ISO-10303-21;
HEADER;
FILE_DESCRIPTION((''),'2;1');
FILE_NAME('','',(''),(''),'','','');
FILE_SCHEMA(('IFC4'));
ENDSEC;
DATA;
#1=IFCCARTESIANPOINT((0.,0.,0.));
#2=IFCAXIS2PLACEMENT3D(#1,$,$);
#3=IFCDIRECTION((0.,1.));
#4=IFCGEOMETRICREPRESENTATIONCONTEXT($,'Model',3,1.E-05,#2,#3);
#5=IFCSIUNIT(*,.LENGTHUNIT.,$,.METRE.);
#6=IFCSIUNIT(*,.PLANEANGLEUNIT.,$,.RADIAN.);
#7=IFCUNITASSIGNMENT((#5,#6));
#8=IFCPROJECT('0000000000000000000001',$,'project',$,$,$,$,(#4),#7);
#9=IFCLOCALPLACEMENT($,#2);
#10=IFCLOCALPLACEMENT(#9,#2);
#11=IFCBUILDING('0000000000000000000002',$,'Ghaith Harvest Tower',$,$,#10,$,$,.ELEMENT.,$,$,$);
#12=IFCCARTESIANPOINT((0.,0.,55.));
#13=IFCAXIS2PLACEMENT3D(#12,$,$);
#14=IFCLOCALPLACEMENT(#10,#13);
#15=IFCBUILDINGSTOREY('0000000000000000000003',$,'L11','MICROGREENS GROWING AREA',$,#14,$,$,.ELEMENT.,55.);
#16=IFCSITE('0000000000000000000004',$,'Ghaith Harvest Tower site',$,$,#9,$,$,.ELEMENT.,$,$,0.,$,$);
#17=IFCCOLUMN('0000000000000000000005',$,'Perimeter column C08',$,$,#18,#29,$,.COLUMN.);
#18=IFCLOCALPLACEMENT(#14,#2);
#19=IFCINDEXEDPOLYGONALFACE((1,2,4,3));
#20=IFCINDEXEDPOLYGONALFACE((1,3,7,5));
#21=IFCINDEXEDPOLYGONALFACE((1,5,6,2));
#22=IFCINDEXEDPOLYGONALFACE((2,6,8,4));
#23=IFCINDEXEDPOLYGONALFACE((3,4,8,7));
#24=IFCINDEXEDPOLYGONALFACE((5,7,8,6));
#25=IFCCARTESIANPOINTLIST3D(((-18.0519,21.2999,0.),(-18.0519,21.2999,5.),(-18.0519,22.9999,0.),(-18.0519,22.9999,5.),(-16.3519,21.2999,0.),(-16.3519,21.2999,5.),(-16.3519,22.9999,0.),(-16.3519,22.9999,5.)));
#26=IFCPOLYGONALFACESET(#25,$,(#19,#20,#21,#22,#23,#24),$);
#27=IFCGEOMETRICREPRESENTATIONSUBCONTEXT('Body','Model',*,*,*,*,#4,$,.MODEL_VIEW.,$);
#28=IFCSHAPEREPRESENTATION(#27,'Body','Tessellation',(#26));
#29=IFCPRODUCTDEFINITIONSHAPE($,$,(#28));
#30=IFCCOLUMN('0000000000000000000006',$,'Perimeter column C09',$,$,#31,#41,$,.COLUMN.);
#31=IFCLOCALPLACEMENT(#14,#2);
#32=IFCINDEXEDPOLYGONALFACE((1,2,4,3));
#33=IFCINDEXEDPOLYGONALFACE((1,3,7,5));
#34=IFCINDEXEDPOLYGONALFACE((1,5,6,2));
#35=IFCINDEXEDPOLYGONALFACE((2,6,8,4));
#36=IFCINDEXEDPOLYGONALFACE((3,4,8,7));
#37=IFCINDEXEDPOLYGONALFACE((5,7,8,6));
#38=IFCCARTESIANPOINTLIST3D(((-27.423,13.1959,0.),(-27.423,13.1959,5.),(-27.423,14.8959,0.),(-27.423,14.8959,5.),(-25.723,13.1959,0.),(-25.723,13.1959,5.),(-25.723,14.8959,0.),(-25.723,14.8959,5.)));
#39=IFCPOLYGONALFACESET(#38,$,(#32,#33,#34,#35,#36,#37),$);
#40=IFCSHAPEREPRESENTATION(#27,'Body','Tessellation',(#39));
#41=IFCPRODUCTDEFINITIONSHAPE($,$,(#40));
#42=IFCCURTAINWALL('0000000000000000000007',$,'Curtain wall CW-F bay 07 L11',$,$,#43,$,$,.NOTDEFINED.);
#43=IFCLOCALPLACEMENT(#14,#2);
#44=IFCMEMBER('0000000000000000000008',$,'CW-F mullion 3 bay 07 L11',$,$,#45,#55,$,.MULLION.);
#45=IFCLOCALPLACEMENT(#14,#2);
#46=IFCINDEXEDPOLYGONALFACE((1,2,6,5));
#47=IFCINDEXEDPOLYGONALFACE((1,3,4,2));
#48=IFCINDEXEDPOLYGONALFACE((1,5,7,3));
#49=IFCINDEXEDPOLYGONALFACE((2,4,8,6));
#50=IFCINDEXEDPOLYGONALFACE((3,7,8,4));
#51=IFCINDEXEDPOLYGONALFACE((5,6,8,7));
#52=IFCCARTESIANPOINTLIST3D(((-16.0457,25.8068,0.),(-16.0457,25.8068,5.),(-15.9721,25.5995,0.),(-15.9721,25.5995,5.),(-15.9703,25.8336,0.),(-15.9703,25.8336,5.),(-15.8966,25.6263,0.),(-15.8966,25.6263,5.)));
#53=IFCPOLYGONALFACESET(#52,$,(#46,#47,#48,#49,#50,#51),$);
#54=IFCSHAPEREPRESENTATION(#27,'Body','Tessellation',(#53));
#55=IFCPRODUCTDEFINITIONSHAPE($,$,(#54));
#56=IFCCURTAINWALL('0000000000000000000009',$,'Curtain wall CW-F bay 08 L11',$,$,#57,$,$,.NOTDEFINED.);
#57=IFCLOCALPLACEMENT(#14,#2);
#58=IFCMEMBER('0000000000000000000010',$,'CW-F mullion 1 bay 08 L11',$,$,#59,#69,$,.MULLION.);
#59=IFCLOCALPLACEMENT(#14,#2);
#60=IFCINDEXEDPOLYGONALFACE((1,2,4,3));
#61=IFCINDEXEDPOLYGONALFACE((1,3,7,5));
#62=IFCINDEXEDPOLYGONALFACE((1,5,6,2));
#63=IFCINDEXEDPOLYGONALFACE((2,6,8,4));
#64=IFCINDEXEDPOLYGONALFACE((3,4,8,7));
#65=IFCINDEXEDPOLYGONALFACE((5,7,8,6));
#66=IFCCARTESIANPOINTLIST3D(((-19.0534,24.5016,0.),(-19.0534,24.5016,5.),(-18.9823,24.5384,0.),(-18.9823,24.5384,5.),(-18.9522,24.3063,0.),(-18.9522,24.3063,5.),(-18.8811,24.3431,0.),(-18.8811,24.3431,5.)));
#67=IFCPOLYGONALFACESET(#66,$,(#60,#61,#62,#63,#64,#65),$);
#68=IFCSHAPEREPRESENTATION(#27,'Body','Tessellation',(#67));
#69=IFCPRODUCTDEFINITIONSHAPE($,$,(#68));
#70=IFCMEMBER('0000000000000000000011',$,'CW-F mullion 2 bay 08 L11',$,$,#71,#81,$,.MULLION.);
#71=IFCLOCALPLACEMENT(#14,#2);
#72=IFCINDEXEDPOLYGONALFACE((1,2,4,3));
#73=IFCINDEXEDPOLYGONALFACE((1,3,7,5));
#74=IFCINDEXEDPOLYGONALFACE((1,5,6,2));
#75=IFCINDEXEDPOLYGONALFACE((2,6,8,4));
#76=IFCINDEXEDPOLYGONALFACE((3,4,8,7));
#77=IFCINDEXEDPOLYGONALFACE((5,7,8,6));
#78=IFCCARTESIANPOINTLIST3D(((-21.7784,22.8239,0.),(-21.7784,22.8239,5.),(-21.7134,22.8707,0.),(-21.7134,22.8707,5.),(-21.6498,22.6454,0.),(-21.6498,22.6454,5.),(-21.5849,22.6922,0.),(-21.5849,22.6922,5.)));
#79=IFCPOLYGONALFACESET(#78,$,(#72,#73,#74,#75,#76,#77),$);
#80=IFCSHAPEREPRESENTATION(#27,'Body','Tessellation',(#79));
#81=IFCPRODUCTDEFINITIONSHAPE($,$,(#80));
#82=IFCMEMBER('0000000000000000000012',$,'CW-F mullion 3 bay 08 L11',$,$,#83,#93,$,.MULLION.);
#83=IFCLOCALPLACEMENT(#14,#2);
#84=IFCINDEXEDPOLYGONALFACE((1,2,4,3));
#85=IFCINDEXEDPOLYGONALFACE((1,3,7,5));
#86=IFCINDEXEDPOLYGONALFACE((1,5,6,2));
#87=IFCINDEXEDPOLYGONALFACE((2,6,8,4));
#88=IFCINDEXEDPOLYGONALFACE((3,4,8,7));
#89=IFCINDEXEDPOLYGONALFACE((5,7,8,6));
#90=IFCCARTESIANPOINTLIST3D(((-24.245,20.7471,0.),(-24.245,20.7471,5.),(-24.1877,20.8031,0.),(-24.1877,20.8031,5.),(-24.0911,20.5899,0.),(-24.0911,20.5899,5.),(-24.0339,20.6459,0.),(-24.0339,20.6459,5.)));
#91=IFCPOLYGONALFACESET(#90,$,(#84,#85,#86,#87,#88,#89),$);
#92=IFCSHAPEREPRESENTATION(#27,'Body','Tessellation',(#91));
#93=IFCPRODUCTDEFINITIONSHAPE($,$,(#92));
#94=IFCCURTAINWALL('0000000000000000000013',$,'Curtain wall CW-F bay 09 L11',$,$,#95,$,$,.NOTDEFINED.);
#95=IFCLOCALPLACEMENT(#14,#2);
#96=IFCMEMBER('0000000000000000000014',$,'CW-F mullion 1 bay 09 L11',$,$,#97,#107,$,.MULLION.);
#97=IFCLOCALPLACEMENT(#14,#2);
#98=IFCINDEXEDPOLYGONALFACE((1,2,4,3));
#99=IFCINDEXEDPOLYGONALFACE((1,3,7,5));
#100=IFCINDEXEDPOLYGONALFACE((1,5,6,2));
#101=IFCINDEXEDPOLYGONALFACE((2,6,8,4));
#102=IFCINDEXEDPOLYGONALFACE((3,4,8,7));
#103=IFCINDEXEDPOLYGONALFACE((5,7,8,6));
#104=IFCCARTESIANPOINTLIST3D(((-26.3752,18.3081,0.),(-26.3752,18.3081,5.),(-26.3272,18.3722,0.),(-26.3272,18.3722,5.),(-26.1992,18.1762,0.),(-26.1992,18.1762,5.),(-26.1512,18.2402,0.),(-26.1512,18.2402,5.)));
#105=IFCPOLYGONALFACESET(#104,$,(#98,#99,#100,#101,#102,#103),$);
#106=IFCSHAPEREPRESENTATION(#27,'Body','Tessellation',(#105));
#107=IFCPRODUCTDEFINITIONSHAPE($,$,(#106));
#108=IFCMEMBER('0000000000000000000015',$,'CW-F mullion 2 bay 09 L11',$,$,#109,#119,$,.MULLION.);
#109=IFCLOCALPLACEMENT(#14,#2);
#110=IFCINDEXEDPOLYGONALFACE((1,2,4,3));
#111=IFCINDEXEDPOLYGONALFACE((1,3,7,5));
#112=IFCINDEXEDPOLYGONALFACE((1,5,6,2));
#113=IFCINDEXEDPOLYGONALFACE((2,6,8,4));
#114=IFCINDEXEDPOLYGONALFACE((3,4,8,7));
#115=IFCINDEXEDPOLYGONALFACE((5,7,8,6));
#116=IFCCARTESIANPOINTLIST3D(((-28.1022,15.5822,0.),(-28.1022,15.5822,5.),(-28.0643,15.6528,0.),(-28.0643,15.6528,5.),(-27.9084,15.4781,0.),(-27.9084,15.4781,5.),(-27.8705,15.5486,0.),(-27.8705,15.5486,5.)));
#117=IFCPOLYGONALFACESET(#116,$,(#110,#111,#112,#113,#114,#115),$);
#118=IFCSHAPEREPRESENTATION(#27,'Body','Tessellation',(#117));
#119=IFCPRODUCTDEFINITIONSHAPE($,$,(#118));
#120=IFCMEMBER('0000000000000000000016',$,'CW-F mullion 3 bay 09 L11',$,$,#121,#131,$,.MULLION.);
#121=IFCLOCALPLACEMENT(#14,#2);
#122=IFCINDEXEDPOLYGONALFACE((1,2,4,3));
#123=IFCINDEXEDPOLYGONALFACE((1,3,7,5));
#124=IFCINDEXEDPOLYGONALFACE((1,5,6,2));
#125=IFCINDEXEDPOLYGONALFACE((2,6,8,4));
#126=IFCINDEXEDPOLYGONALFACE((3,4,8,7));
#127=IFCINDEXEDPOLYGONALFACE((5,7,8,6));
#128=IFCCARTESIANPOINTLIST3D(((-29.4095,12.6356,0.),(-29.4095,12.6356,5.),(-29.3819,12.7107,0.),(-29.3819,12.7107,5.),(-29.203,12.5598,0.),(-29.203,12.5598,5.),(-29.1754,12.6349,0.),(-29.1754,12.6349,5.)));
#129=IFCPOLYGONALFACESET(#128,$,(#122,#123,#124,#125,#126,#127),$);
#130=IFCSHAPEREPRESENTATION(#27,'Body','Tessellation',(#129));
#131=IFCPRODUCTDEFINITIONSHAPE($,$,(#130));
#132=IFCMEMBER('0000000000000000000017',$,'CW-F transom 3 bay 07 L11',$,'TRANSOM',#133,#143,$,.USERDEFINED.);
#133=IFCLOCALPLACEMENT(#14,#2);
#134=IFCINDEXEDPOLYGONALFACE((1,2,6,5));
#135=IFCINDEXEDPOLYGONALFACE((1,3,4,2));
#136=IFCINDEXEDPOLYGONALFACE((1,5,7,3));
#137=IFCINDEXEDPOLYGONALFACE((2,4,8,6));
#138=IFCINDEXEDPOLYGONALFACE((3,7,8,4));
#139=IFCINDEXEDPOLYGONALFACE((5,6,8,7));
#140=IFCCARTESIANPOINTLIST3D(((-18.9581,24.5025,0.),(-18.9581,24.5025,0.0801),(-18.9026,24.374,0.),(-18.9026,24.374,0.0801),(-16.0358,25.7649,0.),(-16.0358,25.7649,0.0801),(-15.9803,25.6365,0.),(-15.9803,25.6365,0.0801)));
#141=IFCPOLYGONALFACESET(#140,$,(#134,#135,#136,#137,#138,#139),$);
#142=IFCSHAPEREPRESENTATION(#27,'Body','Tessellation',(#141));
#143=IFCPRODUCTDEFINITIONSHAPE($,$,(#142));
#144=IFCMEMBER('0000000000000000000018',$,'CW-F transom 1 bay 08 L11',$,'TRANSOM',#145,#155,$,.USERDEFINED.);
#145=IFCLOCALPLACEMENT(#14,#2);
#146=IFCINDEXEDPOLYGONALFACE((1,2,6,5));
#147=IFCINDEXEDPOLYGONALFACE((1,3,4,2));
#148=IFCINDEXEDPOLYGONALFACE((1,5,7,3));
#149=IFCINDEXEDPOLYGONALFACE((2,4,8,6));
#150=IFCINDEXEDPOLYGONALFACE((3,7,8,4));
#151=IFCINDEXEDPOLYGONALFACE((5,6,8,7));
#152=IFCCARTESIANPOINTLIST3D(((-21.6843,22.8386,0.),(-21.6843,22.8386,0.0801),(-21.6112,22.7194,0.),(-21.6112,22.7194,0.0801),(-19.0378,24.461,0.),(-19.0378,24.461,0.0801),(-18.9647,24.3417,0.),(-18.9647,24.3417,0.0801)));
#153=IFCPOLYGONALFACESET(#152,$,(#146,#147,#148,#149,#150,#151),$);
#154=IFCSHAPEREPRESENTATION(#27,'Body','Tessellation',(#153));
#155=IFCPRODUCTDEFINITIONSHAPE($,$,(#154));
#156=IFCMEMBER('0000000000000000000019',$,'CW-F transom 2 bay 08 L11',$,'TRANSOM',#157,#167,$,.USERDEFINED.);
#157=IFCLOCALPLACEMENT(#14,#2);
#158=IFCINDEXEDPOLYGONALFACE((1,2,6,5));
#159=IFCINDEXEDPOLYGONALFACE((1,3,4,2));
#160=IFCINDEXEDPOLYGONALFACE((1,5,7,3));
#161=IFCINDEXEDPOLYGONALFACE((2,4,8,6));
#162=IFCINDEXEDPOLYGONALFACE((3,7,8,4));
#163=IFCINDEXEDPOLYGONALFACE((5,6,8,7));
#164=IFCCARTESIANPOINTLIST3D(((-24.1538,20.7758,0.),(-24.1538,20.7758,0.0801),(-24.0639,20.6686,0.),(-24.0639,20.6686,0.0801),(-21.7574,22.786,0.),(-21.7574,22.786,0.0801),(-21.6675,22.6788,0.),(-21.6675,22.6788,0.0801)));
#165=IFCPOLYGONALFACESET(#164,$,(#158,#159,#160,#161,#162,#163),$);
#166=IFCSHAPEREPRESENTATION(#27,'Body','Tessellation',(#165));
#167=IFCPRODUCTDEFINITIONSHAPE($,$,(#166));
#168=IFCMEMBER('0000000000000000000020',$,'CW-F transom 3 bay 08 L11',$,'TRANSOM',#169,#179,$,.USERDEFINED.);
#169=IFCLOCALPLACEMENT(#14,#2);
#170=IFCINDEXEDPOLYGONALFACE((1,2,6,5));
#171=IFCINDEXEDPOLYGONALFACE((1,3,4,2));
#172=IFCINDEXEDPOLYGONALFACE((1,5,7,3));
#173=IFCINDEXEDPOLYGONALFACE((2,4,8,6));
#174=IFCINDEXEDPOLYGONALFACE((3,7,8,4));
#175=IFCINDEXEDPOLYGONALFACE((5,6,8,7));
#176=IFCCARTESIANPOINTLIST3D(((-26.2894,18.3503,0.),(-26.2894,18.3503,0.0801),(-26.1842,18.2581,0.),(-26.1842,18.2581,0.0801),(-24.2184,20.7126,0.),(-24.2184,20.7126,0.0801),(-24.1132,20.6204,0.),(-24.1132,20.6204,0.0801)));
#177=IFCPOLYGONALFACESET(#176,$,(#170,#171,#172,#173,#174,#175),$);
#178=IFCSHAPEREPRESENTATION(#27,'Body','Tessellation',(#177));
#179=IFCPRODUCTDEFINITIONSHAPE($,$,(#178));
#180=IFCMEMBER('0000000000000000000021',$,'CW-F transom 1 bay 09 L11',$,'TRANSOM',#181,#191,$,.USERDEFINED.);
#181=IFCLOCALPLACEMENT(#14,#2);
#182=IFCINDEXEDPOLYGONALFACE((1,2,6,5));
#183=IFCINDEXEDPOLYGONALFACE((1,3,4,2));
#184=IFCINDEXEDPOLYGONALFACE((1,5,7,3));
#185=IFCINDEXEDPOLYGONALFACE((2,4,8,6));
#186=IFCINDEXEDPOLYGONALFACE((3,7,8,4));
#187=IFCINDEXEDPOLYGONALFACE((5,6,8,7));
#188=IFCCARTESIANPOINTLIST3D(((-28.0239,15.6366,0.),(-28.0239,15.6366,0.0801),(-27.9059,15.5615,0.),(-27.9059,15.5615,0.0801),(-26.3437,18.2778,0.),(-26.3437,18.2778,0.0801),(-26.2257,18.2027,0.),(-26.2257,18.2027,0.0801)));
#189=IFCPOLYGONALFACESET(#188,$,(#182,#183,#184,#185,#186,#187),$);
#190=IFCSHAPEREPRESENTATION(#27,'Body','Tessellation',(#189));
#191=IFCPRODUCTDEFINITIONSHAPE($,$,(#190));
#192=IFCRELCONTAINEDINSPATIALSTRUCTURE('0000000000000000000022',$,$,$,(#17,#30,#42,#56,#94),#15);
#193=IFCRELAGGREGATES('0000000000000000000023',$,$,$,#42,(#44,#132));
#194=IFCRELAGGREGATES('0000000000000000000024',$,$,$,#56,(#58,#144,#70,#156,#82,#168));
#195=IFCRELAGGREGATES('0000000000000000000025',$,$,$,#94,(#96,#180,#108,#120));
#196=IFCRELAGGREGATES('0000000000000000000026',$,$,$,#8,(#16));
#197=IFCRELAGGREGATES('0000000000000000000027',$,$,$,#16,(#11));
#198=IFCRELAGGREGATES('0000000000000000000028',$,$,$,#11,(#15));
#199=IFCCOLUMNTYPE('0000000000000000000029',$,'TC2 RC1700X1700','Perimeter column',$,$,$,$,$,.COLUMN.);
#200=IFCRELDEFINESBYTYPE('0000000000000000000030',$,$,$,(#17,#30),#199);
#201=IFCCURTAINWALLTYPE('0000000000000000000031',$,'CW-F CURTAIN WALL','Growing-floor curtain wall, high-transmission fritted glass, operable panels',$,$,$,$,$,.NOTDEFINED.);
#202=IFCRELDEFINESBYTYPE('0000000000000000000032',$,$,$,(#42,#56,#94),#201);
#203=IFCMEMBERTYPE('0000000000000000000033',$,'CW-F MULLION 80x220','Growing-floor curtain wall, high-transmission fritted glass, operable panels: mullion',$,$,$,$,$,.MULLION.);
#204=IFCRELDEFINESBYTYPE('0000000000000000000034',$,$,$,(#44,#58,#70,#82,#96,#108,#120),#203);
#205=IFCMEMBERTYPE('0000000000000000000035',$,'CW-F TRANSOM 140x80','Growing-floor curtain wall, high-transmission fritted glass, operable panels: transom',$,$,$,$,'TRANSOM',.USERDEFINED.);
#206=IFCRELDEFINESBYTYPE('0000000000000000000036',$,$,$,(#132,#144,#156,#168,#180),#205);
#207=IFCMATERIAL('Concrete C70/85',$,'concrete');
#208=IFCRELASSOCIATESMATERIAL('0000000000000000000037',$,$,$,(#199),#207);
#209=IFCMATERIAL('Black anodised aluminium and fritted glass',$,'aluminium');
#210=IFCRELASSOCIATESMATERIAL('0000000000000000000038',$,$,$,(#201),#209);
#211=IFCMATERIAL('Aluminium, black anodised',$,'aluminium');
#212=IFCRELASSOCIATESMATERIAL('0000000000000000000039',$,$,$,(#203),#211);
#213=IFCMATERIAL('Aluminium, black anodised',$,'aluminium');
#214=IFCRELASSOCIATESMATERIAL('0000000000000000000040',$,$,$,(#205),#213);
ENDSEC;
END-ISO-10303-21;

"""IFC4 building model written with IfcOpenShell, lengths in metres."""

from ifc_helpers import new_model, si_unit, direction, frame, origin, origin_2d, place, context, subcontext, project, spatial, rectangle, extrude, material, material_profile, profile_set, type_object, element, aggregate, save


model = new_model("IFC4")

# Units and contexts
model_context = context("Model", 3, precision=1e-05, world=origin(), true_north=direction((0.0, 1.0)))
body_context = subcontext(model_context, "Body", "Model", "MODEL_VIEW")
ifc_project = project(units=[si_unit("LENGTHUNIT", "METRE"), si_unit("PLANEANGLEUNIT", "RADIAN")], contexts=[model_context])

# Site, building, storey
site_placement = place(None, origin())
site = spatial("IfcSite", under=ifc_project, at=site_placement, Name="Ghaith Harvest Tower site", CompositionType="ELEMENT", RefElevation=0.0)
building_placement = place(site_placement, origin())
building = spatial("IfcBuilding", under=site, at=building_placement, Name="Ghaith Harvest Tower", CompositionType="ELEMENT")
storey_placement = place(building_placement, frame((0.0, 0.0, 55.0)))
storey = spatial("IfcBuildingStorey", under=building, at=storey_placement, Name="L11", Description="MICROGREENS GROWING AREA", CompositionType="ELEMENT", Elevation=55.0)

# Columns
ifc_material_1 = material(Name="Concrete C70/85", Category="concrete")
ifc_material_profile_1 = material_profile(ifc_material_1, rectangle(XDim=1.7, YDim=1.7, at=origin_2d()), Name="RC1700X1700")
ifc_profile_set_1 = profile_set([ifc_material_profile_1], Name="Concrete C70/85")
column_type = type_object("IfcColumnType", Name="TC2 RC1700X1700", Description="Perimeter column", PredefinedType="COLUMN", material=ifc_profile_set_1)
for number, where, z_axis, x_axis, name in (
    (1, (-17.2019, 22.1499, 0.0), (0.0, 0.0, 1.0), (1.0, 0.0, 0.0), "Perimeter column C08"),
    (2, (-26.573, 14.0459, 0.0), (0.0, 0.0, 1.0), (1.0, 0.0, 0.0), "Perimeter column C09"),
):
    element("IfcColumn", number, at=place(storey_placement, frame(where, z_axis=z_axis, x_axis=x_axis)), inside=storey, type_object=column_type, Name=name, PredefinedType="COLUMN", context=body_context, shape_type="SweptSolid", body=[
        extrude(rectangle(XDim=1.7, YDim=1.7, at=origin_2d()), origin(), (0.0, 0.0, 1.0), 5.0),
    ])

# Curtain wall, member
ifc_material_2 = material(Name="Black anodised aluminium and fritted glass", Category="aluminium")
curtain_wall_type = type_object("IfcCurtainWallType", Name="CW-F CURTAIN WALL", Description="Growing-floor curtain wall, high-transmission fritted glass, operable panels", PredefinedType="NOTDEFINED", material=ifc_material_2)
curtain_wall_1_placement = place(storey_placement, origin())
curtain_wall_1 = element("IfcCurtainWall", 3, at=curtain_wall_1_placement, inside=storey, type_object=curtain_wall_type, Name="Curtain wall CW-F bay 07 L11", PredefinedType="NOTDEFINED")
ifc_material_3 = material(Name="Aluminium, black anodised", Category="aluminium")
ifc_material_profile_2 = material_profile(ifc_material_3, rectangle(XDim=0.0801, YDim=0.22, at=origin_2d()), Name="CW-F MULLION 80x220")
ifc_profile_set_2 = profile_set([ifc_material_profile_2], Name="Aluminium, black anodised")
member_type_1 = type_object("IfcMemberType", Name="CW-F MULLION 80x220", Description="Growing-floor curtain wall, high-transmission fritted glass, operable panels: mullion", PredefinedType="MULLION", material=ifc_profile_set_2)
member_1_placement = place(storey_placement, frame((-15.9712, 25.7166, 0.0), z_axis=(0.0, 0.0, 1.0), x_axis=(-0.942294, -0.334788, 0.0)))
member_1 = element("IfcMember", 4, at=member_1_placement, type_object=member_type_1, Name="CW-F mullion 3 bay 07 L11", PredefinedType="MULLION", context=body_context, shape_type="SweptSolid", body=[
    extrude(rectangle(XDim=0.0801, YDim=0.22, at=origin_2d()), origin(), (0.0, 0.0, 1.0), 5.0),
])

# Curtain walls, members
curtain_wall_2_placement = place(storey_placement, origin())
curtain_wall_2 = element("IfcCurtainWall", 5, at=curtain_wall_2_placement, inside=storey, type_object=curtain_wall_type, Name="Curtain wall CW-F bay 08 L11", PredefinedType="NOTDEFINED")
member_2_placement = place(storey_placement, frame((-18.9673, 24.4224, 0.0), z_axis=(0.0, 0.0, 1.0), x_axis=(-0.887912, -0.460013, 0.0)))
member_2 = element("IfcMember", 6, at=member_2_placement, type_object=member_type_1, Name="CW-F mullion 1 bay 08 L11", PredefinedType="MULLION", context=body_context, shape_type="SweptSolid", body=[
    extrude(rectangle(XDim=0.0801, YDim=0.22, at=origin_2d()), origin(), (0.0, 0.0, 1.0), 5.0),
])
member_3_placement = place(storey_placement, frame((-21.6816, 22.7581, 0.0), z_axis=(0.0, 0.0, 1.0), x_axis=(-0.811401, -0.58449, 0.0)))
member_3 = element("IfcMember", 7, at=member_3_placement, type_object=member_type_1, Name="CW-F mullion 2 bay 08 L11", PredefinedType="MULLION", context=body_context, shape_type="SweptSolid", body=[
    extrude(rectangle(XDim=0.0801, YDim=0.22, at=origin_2d()), origin(), (0.0, 0.0, 1.0), 5.0),
])
member_4_placement = place(storey_placement, frame((-24.1394, 20.6965, 0.0), z_axis=(0.0, 0.0, 1.0), x_axis=(-0.714663, -0.699469, 0.0)))
member_4 = element("IfcMember", 8, at=member_4_placement, type_object=member_type_1, Name="CW-F mullion 3 bay 08 L11", PredefinedType="MULLION", context=body_context, shape_type="SweptSolid", body=[
    extrude(rectangle(XDim=0.0801, YDim=0.22, at=origin_2d()), origin(), (0.0, 0.0, 1.0), 5.0),
])
curtain_wall_3_placement = place(storey_placement, origin())
curtain_wall_3 = element("IfcCurtainWall", 9, at=curtain_wall_3_placement, inside=storey, type_object=curtain_wall_type, Name="Curtain wall CW-F bay 09 L11", PredefinedType="NOTDEFINED")
member_5_placement = place(storey_placement, frame((-26.2632, 18.2742, 0.0), z_axis=(0.0, 0.0, 1.0), x_axis=(-0.599862, -0.800104, 0.0)))
member_5 = element("IfcMember", 10, at=member_5_placement, type_object=member_type_1, Name="CW-F mullion 1 bay 09 L11", PredefinedType="MULLION", context=body_context, shape_type="SweptSolid", body=[
    extrude(rectangle(XDim=0.0801, YDim=0.22, at=origin_2d()), origin(), (0.0, 0.0, 1.0), 5.0),
])
member_6_placement = place(storey_placement, frame((-27.9863, 15.5654, 0.0), z_axis=(0.0, 0.0, 1.0), x_axis=(-0.473265, -0.88092, 0.0)))
member_6 = element("IfcMember", 11, at=member_6_placement, type_object=member_type_1, Name="CW-F mullion 2 bay 09 L11", PredefinedType="MULLION", context=body_context, shape_type="SweptSolid", body=[
    extrude(rectangle(XDim=0.0801, YDim=0.22, at=origin_2d()), origin(), (0.0, 0.0, 1.0), 5.0),
])
member_7_placement = place(storey_placement, frame((-29.2925, 12.6353, 0.0), z_axis=(0.0, 0.0, 1.0), x_axis=(-0.344618, -0.938743, 0.0)))
member_7 = element("IfcMember", 12, at=member_7_placement, type_object=member_type_1, Name="CW-F mullion 3 bay 09 L11", PredefinedType="MULLION", context=body_context, shape_type="SweptSolid", body=[
    extrude(rectangle(XDim=0.0801, YDim=0.22, at=origin_2d()), origin(), (0.0, 0.0, 1.0), 5.0),
])

# Members
ifc_material_4 = material(Name="Aluminium, black anodised", Category="aluminium")
ifc_material_profile_3 = material_profile(ifc_material_4, rectangle(XDim=0.1399, YDim=0.0801, at=origin_2d()), Name="CW-F TRANSOM 140x80")
ifc_profile_set_3 = profile_set([ifc_material_profile_3], Name="Aluminium, black anodised")
member_type_2 = type_object("IfcMemberType", Name="CW-F TRANSOM 140x80", Description="Growing-floor curtain wall, high-transmission fritted glass, operable panels: transom", ElementType="TRANSOM", PredefinedType="USERDEFINED", material=ifc_profile_set_3)
member_8_placement = place(storey_placement, frame((-16.0081, 25.7007, 0.04), z_axis=(-0.918003, -0.396574, 0.0), x_axis=(0.396574, -0.918003, 0.0)))
member_8 = element("IfcMember", 13, at=member_8_placement, type_object=member_type_2, Name="CW-F transom 3 bay 07 L11", ObjectType="TRANSOM", PredefinedType="USERDEFINED", context=body_context, shape_type="SweptSolid", body=[
    extrude(rectangle(XDim=0.1399, YDim=0.0801, at=origin_2d()), origin(), (0.0, 0.0, 1.0), 3.1833),
])
member_9_placement = place(storey_placement, frame((-19.0012, 24.4014, 0.04), z_axis=(-0.852562, -0.522627, 0.0), x_axis=(0.522627, -0.852562, 0.0)))
member_9 = element("IfcMember", 14, at=member_9_placement, type_object=member_type_2, Name="CW-F transom 1 bay 08 L11", ObjectType="TRANSOM", PredefinedType="USERDEFINED", context=body_context, shape_type="SweptSolid", body=[
    extrude(rectangle(XDim=0.1399, YDim=0.0801, at=origin_2d()), origin(), (0.0, 0.0, 1.0), 3.1042),
])
member_10_placement = place(storey_placement, frame((-21.7124, 22.7324, 0.04), z_axis=(-0.766144, -0.642668, 0.0), x_axis=(0.642668, -0.766144, 0.0)))
member_10 = element("IfcMember", 15, at=member_10_placement, type_object=member_type_2, Name="CW-F transom 2 bay 08 L11", ObjectType="TRANSOM", PredefinedType="USERDEFINED", context=body_context, shape_type="SweptSolid", body=[
    extrude(rectangle(XDim=0.1399, YDim=0.0801, at=origin_2d()), origin(), (0.0, 0.0, 1.0), 3.1279),
])
member_11_placement = place(storey_placement, frame((-24.1658, 20.6665, 0.04), z_axis=(-0.659231, -0.751941, 0.0), x_axis=(0.751941, -0.659231, 0.0)))
member_11 = element("IfcMember", 16, at=member_11_placement, type_object=member_type_2, Name="CW-F transom 3 bay 08 L11", ObjectType="TRANSOM", PredefinedType="USERDEFINED", context=body_context, shape_type="SweptSolid", body=[
    extrude(rectangle(XDim=0.1399, YDim=0.0801, at=origin_2d()), origin(), (0.0, 0.0, 1.0), 3.1416),
])
member_12_placement = place(storey_placement, frame((-26.2847, 18.2402, 0.04), z_axis=(-0.536754, -0.843739, 0.0), x_axis=(0.843739, -0.536754, 0.0)))
member_12 = element("IfcMember", 17, at=member_12_placement, type_object=member_type_2, Name="CW-F transom 1 bay 09 L11", ObjectType="TRANSOM", PredefinedType="USERDEFINED", context=body_context, shape_type="SweptSolid", body=[
    extrude(rectangle(XDim=0.1399, YDim=0.0801, at=origin_2d()), origin(), (0.0, 0.0, 1.0), 3.1304),
])

aggregate(curtain_wall_1, [member_1, member_8])
aggregate(curtain_wall_2, [member_2, member_9, member_3, member_10, member_4, member_11])
aggregate(curtain_wall_3, [member_5, member_12, member_6, member_7])

save(model, "model.ifc")
